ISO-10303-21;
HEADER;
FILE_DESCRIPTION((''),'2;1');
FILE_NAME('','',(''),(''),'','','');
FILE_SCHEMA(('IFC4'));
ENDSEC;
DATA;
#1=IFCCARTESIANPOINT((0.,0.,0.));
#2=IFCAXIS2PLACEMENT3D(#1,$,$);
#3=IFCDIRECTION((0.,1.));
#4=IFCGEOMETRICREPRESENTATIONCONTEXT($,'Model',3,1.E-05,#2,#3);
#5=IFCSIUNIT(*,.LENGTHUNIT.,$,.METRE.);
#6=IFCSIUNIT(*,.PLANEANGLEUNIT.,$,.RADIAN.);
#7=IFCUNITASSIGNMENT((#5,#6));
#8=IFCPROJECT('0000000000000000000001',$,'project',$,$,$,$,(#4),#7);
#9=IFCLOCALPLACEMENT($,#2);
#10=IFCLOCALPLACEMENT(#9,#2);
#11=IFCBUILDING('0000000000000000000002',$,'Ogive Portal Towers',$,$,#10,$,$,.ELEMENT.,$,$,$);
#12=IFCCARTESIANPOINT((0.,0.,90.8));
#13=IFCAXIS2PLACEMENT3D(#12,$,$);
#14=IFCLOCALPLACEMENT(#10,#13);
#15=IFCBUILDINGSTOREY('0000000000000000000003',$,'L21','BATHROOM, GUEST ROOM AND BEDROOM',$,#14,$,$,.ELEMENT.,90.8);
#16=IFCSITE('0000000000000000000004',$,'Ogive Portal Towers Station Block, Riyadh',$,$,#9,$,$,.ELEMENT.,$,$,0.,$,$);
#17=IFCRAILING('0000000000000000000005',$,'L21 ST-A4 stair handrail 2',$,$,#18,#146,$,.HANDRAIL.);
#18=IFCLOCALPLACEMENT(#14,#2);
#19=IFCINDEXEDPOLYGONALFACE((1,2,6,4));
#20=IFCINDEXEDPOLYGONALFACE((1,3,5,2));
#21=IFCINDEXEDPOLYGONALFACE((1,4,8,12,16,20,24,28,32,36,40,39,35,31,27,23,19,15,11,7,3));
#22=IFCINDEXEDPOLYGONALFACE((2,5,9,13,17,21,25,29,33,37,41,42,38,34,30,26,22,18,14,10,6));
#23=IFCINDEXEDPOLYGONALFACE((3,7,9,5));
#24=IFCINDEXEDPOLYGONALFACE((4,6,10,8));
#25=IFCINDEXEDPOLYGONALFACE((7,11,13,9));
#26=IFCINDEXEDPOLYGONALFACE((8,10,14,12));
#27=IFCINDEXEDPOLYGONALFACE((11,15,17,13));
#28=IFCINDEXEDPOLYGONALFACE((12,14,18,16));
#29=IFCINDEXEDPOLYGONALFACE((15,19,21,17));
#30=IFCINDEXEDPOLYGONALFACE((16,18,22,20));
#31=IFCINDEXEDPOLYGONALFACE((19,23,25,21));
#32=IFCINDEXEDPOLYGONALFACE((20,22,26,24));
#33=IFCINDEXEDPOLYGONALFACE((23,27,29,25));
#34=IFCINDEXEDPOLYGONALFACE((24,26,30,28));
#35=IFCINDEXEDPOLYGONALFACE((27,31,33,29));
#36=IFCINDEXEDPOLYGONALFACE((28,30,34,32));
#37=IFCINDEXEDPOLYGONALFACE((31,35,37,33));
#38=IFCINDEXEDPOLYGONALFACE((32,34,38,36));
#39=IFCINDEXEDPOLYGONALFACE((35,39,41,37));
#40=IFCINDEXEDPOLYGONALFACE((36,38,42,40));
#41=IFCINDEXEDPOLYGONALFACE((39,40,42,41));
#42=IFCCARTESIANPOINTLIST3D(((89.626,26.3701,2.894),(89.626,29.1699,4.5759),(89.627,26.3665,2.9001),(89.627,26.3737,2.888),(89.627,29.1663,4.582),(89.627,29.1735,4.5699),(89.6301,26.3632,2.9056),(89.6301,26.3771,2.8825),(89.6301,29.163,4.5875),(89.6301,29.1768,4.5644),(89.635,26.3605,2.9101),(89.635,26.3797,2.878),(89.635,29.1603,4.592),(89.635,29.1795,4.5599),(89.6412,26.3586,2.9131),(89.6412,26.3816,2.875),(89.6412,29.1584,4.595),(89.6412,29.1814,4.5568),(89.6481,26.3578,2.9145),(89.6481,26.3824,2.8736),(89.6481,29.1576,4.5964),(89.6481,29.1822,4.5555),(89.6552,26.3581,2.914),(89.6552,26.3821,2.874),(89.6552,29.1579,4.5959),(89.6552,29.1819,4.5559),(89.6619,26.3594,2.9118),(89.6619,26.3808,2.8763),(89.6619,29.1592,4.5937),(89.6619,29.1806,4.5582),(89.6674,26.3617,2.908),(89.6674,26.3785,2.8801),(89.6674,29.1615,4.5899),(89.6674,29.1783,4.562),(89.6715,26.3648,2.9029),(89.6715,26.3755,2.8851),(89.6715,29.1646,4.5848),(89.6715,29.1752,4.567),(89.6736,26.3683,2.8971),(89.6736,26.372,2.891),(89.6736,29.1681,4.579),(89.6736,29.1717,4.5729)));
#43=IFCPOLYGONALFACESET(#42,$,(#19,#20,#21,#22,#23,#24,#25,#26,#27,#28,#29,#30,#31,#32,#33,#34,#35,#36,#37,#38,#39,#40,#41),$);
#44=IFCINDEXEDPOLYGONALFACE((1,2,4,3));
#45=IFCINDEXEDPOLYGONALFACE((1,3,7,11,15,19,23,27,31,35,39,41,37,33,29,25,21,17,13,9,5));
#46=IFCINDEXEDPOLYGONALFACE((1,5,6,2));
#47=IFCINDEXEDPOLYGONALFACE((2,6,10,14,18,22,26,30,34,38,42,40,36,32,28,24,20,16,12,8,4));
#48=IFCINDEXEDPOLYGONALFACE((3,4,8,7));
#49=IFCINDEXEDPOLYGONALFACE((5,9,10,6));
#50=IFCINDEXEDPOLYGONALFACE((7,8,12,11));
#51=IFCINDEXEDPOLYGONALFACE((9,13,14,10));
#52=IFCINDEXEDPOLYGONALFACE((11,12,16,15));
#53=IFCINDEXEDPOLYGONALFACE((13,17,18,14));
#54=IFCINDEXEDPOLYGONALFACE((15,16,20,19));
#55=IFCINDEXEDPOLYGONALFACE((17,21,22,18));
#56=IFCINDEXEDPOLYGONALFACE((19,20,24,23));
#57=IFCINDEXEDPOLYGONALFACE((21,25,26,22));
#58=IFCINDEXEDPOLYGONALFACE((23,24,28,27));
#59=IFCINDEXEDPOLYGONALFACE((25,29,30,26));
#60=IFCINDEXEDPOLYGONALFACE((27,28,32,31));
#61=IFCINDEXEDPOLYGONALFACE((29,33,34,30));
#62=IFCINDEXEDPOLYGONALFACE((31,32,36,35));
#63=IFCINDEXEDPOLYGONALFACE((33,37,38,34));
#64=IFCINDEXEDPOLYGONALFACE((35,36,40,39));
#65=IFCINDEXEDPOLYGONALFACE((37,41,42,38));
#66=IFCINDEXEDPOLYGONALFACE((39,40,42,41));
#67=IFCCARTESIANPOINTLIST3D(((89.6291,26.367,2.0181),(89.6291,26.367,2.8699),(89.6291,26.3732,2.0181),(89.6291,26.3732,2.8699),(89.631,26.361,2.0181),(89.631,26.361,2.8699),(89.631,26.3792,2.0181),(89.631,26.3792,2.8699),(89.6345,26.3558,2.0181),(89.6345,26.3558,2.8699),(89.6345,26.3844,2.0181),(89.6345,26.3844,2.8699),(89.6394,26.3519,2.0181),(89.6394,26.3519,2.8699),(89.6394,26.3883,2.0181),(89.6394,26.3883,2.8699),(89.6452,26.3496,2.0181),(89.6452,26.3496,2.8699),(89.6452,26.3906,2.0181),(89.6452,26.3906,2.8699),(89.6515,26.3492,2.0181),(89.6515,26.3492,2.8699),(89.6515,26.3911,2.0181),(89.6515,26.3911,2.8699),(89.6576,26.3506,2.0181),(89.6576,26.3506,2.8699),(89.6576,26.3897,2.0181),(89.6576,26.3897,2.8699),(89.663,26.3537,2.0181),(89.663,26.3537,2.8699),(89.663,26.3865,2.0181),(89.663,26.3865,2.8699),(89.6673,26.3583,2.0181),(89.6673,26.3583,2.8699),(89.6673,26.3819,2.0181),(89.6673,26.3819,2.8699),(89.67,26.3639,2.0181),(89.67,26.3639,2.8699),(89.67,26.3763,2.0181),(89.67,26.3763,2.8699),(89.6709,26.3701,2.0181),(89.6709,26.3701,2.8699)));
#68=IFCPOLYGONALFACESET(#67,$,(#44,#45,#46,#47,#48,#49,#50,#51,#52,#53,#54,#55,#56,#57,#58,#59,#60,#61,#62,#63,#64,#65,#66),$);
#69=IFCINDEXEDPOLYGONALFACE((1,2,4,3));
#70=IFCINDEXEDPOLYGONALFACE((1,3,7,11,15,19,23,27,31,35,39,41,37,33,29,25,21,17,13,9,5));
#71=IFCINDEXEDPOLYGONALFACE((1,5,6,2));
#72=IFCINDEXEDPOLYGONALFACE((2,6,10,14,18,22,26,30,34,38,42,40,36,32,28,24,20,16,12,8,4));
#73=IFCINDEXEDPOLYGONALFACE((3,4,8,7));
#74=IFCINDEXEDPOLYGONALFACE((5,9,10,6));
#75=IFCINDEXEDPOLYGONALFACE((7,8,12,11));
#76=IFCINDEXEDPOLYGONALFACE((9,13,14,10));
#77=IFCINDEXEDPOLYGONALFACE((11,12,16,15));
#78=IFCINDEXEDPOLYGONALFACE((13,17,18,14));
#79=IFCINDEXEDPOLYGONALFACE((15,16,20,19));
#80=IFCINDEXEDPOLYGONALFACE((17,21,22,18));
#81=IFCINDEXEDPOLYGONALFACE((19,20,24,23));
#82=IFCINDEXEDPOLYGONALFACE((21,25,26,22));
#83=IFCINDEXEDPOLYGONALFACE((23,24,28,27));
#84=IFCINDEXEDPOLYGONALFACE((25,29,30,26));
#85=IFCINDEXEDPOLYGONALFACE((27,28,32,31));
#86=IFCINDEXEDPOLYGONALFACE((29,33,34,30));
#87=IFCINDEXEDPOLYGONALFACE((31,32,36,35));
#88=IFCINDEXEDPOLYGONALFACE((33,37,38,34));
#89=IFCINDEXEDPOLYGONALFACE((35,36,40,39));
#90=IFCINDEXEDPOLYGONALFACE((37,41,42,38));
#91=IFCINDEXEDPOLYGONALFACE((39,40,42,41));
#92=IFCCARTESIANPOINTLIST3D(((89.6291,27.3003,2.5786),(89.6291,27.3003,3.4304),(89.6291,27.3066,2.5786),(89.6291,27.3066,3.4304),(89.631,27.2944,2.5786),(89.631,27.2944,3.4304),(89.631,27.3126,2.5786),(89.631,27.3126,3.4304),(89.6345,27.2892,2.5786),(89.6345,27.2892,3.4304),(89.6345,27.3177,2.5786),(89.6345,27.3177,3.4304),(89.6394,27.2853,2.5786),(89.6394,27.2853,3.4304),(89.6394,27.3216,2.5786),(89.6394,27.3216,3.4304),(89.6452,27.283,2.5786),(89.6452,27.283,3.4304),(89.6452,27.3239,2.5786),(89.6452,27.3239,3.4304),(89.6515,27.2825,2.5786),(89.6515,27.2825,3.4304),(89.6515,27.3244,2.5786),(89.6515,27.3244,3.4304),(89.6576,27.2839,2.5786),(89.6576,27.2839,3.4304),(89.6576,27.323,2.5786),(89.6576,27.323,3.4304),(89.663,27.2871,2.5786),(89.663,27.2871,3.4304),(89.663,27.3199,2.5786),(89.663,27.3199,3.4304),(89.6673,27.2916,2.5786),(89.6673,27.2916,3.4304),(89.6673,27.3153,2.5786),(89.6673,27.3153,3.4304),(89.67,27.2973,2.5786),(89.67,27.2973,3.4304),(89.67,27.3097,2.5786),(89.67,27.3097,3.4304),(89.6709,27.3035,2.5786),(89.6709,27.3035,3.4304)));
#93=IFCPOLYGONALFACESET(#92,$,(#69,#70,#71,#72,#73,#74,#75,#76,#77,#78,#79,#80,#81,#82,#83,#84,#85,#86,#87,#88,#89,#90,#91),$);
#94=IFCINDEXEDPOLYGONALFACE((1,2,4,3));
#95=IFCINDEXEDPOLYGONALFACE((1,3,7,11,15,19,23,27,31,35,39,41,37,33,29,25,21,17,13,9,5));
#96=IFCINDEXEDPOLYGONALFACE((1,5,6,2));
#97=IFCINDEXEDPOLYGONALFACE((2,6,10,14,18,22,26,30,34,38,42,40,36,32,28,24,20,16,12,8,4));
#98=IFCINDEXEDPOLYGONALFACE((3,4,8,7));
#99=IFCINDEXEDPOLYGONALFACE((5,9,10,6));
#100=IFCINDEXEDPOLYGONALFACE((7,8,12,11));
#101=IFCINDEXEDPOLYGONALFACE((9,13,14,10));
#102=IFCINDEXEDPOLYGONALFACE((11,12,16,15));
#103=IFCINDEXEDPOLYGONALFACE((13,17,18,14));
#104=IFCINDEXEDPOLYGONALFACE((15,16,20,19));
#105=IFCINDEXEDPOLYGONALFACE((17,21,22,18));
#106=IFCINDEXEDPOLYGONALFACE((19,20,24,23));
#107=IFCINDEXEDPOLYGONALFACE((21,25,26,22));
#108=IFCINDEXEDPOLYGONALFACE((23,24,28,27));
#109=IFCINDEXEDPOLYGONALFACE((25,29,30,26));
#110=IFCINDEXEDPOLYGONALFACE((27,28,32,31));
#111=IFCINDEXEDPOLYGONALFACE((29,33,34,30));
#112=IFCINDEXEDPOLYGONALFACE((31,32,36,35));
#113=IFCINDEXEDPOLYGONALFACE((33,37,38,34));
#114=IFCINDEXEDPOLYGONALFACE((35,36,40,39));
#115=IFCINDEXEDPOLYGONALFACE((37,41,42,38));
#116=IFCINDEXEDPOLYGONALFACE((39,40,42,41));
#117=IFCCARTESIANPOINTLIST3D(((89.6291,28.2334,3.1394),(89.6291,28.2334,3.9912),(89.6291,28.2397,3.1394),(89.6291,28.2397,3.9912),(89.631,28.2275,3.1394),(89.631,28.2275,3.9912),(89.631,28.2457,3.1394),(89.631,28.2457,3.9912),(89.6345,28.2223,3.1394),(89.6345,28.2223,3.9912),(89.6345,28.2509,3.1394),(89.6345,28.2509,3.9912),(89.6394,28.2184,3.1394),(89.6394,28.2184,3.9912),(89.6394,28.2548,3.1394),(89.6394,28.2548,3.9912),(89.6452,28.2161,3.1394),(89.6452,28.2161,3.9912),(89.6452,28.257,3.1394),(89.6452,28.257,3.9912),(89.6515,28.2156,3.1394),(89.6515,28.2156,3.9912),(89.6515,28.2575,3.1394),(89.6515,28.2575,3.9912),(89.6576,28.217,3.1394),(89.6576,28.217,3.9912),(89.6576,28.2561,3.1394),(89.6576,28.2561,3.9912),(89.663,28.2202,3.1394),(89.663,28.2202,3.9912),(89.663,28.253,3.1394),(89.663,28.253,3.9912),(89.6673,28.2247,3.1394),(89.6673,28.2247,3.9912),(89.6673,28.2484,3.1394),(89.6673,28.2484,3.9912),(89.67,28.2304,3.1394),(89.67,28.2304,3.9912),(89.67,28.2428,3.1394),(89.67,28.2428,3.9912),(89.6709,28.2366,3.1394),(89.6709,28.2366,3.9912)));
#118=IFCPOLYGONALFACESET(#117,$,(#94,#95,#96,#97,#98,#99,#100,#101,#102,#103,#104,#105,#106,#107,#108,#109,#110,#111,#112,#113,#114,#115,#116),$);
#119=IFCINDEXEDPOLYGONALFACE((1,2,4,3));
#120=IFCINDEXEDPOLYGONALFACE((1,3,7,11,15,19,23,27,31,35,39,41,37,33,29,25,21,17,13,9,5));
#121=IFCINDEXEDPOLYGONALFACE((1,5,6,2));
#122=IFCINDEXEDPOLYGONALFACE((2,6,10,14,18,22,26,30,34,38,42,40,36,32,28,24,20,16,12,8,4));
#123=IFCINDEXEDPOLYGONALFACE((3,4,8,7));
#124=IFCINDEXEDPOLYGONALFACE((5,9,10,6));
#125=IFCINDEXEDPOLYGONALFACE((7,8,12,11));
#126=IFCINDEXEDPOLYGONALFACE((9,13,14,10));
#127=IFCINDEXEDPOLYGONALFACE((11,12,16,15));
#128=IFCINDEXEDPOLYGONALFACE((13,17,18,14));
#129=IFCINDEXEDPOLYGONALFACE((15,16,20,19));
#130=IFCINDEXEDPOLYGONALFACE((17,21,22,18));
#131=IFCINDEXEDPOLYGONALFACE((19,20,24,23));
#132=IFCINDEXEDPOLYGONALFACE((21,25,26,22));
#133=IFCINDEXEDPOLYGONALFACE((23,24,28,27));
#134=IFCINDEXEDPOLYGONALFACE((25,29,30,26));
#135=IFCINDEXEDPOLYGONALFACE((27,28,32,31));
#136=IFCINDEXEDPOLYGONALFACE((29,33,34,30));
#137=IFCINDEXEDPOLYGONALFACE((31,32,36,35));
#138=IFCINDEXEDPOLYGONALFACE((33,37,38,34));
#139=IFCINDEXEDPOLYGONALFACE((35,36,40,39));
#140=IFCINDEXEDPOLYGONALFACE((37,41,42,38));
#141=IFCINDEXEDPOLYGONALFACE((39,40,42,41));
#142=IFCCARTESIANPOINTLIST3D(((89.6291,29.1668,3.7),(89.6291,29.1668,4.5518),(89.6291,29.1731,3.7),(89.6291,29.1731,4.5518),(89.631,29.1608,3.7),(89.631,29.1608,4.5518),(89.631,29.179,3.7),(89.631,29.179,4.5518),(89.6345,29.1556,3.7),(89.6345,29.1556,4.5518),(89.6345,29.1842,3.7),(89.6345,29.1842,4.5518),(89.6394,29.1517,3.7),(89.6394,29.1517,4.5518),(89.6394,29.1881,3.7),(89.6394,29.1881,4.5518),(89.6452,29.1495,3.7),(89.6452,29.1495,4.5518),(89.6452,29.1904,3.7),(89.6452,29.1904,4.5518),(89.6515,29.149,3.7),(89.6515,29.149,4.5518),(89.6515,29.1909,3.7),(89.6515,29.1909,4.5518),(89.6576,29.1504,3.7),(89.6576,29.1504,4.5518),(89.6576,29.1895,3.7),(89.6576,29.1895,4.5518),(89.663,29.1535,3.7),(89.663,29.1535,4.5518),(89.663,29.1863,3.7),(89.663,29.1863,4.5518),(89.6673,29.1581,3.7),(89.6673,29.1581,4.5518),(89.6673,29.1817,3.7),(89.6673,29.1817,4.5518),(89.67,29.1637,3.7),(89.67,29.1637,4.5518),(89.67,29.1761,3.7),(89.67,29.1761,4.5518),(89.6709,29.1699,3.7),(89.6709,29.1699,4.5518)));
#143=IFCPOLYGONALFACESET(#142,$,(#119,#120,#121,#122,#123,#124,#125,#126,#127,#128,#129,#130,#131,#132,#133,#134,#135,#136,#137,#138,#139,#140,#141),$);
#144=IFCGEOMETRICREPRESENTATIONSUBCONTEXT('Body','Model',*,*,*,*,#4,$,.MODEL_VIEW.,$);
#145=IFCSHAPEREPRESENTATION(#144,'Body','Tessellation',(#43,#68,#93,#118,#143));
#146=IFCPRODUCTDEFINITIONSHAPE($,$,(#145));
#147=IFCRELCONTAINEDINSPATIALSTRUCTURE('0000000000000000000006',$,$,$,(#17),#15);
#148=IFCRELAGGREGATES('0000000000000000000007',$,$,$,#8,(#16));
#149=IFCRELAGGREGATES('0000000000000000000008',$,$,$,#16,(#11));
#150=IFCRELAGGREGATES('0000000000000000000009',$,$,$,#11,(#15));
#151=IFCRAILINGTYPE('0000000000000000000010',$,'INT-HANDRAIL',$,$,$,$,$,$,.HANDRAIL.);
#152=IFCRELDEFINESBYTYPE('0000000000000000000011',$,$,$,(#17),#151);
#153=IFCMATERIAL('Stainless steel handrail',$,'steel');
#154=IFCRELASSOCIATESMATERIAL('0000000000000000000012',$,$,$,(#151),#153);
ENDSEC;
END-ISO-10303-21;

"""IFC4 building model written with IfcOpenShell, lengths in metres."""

from ifc_helpers import new_model, si_unit, direction, frame, origin, origin_2d, place, context, subcontext, project, spatial, circle, extrude, material, type_object, element, save


model = new_model("IFC4")

# Units and contexts
model_context = context("Model", 3, precision=1e-05, world=origin(), true_north=direction((0.0, 1.0)))
body_context = subcontext(model_context, "Body", "Model", "MODEL_VIEW")
ifc_project = project(units=[si_unit("LENGTHUNIT", "METRE"), si_unit("PLANEANGLEUNIT", "RADIAN")], contexts=[model_context])

# Site, building, storey
site_placement = place(None, origin())
site = spatial("IfcSite", under=ifc_project, at=site_placement, Name="Ogive Portal Towers Station Block, Riyadh", CompositionType="ELEMENT", RefElevation=0.0)
building_placement = place(site_placement, origin())
building = spatial("IfcBuilding", under=site, at=building_placement, Name="Ogive Portal Towers", CompositionType="ELEMENT")
storey_placement = place(building_placement, frame((0.0, 0.0, 90.8)))
storey = spatial("IfcBuildingStorey", under=building, at=storey_placement, Name="L21", Description="BATHROOM, GUEST ROOM AND BEDROOM", CompositionType="ELEMENT", Elevation=90.8)

# Railing
ifc_material_1 = material(Name="Stainless steel handrail", Category="steel")
railing_type_1 = type_object("IfcRailingType", Name="INT-HANDRAIL", PredefinedType="HANDRAIL", material=ifc_material_1)
railing_1_placement = place(storey_placement, frame((89.6499, 26.3701, 2.0181)))
element("IfcRailing", 1, at=railing_1_placement, inside=storey, type_object=railing_type_1, Name="L21 ST-A4 stair handrail 2", PredefinedType="HANDRAIL", context=body_context, shape_type="SweptSolid", body=[
    extrude(circle(Radius=0.0239, at=origin_2d()), frame((0.0, 0.0, 0.876), z_axis=(0.0, 0.857222, 0.514946), x_axis=(-1.0, 0.0, 0.0)), (0.0, 0.0, 1.0), 3.2661),
    extrude(circle(Radius=0.021, at=origin_2d()), origin(), (0.0, 0.0, 1.0), 0.8518),
    extrude(circle(Radius=0.021, at=origin_2d()), frame((0.0, 0.9333, 0.5605)), (0.0, 0.0, 1.0), 0.8518),
    extrude(circle(Radius=0.021, at=origin_2d()), frame((0.0, 1.8665, 1.1213)), (0.0, 0.0, 1.0), 0.8518),
    extrude(circle(Radius=0.021, at=origin_2d()), frame((0.0, 2.7998, 1.6819)), (0.0, 0.0, 1.0), 0.8518),
])

save(model, "model.ifc")
